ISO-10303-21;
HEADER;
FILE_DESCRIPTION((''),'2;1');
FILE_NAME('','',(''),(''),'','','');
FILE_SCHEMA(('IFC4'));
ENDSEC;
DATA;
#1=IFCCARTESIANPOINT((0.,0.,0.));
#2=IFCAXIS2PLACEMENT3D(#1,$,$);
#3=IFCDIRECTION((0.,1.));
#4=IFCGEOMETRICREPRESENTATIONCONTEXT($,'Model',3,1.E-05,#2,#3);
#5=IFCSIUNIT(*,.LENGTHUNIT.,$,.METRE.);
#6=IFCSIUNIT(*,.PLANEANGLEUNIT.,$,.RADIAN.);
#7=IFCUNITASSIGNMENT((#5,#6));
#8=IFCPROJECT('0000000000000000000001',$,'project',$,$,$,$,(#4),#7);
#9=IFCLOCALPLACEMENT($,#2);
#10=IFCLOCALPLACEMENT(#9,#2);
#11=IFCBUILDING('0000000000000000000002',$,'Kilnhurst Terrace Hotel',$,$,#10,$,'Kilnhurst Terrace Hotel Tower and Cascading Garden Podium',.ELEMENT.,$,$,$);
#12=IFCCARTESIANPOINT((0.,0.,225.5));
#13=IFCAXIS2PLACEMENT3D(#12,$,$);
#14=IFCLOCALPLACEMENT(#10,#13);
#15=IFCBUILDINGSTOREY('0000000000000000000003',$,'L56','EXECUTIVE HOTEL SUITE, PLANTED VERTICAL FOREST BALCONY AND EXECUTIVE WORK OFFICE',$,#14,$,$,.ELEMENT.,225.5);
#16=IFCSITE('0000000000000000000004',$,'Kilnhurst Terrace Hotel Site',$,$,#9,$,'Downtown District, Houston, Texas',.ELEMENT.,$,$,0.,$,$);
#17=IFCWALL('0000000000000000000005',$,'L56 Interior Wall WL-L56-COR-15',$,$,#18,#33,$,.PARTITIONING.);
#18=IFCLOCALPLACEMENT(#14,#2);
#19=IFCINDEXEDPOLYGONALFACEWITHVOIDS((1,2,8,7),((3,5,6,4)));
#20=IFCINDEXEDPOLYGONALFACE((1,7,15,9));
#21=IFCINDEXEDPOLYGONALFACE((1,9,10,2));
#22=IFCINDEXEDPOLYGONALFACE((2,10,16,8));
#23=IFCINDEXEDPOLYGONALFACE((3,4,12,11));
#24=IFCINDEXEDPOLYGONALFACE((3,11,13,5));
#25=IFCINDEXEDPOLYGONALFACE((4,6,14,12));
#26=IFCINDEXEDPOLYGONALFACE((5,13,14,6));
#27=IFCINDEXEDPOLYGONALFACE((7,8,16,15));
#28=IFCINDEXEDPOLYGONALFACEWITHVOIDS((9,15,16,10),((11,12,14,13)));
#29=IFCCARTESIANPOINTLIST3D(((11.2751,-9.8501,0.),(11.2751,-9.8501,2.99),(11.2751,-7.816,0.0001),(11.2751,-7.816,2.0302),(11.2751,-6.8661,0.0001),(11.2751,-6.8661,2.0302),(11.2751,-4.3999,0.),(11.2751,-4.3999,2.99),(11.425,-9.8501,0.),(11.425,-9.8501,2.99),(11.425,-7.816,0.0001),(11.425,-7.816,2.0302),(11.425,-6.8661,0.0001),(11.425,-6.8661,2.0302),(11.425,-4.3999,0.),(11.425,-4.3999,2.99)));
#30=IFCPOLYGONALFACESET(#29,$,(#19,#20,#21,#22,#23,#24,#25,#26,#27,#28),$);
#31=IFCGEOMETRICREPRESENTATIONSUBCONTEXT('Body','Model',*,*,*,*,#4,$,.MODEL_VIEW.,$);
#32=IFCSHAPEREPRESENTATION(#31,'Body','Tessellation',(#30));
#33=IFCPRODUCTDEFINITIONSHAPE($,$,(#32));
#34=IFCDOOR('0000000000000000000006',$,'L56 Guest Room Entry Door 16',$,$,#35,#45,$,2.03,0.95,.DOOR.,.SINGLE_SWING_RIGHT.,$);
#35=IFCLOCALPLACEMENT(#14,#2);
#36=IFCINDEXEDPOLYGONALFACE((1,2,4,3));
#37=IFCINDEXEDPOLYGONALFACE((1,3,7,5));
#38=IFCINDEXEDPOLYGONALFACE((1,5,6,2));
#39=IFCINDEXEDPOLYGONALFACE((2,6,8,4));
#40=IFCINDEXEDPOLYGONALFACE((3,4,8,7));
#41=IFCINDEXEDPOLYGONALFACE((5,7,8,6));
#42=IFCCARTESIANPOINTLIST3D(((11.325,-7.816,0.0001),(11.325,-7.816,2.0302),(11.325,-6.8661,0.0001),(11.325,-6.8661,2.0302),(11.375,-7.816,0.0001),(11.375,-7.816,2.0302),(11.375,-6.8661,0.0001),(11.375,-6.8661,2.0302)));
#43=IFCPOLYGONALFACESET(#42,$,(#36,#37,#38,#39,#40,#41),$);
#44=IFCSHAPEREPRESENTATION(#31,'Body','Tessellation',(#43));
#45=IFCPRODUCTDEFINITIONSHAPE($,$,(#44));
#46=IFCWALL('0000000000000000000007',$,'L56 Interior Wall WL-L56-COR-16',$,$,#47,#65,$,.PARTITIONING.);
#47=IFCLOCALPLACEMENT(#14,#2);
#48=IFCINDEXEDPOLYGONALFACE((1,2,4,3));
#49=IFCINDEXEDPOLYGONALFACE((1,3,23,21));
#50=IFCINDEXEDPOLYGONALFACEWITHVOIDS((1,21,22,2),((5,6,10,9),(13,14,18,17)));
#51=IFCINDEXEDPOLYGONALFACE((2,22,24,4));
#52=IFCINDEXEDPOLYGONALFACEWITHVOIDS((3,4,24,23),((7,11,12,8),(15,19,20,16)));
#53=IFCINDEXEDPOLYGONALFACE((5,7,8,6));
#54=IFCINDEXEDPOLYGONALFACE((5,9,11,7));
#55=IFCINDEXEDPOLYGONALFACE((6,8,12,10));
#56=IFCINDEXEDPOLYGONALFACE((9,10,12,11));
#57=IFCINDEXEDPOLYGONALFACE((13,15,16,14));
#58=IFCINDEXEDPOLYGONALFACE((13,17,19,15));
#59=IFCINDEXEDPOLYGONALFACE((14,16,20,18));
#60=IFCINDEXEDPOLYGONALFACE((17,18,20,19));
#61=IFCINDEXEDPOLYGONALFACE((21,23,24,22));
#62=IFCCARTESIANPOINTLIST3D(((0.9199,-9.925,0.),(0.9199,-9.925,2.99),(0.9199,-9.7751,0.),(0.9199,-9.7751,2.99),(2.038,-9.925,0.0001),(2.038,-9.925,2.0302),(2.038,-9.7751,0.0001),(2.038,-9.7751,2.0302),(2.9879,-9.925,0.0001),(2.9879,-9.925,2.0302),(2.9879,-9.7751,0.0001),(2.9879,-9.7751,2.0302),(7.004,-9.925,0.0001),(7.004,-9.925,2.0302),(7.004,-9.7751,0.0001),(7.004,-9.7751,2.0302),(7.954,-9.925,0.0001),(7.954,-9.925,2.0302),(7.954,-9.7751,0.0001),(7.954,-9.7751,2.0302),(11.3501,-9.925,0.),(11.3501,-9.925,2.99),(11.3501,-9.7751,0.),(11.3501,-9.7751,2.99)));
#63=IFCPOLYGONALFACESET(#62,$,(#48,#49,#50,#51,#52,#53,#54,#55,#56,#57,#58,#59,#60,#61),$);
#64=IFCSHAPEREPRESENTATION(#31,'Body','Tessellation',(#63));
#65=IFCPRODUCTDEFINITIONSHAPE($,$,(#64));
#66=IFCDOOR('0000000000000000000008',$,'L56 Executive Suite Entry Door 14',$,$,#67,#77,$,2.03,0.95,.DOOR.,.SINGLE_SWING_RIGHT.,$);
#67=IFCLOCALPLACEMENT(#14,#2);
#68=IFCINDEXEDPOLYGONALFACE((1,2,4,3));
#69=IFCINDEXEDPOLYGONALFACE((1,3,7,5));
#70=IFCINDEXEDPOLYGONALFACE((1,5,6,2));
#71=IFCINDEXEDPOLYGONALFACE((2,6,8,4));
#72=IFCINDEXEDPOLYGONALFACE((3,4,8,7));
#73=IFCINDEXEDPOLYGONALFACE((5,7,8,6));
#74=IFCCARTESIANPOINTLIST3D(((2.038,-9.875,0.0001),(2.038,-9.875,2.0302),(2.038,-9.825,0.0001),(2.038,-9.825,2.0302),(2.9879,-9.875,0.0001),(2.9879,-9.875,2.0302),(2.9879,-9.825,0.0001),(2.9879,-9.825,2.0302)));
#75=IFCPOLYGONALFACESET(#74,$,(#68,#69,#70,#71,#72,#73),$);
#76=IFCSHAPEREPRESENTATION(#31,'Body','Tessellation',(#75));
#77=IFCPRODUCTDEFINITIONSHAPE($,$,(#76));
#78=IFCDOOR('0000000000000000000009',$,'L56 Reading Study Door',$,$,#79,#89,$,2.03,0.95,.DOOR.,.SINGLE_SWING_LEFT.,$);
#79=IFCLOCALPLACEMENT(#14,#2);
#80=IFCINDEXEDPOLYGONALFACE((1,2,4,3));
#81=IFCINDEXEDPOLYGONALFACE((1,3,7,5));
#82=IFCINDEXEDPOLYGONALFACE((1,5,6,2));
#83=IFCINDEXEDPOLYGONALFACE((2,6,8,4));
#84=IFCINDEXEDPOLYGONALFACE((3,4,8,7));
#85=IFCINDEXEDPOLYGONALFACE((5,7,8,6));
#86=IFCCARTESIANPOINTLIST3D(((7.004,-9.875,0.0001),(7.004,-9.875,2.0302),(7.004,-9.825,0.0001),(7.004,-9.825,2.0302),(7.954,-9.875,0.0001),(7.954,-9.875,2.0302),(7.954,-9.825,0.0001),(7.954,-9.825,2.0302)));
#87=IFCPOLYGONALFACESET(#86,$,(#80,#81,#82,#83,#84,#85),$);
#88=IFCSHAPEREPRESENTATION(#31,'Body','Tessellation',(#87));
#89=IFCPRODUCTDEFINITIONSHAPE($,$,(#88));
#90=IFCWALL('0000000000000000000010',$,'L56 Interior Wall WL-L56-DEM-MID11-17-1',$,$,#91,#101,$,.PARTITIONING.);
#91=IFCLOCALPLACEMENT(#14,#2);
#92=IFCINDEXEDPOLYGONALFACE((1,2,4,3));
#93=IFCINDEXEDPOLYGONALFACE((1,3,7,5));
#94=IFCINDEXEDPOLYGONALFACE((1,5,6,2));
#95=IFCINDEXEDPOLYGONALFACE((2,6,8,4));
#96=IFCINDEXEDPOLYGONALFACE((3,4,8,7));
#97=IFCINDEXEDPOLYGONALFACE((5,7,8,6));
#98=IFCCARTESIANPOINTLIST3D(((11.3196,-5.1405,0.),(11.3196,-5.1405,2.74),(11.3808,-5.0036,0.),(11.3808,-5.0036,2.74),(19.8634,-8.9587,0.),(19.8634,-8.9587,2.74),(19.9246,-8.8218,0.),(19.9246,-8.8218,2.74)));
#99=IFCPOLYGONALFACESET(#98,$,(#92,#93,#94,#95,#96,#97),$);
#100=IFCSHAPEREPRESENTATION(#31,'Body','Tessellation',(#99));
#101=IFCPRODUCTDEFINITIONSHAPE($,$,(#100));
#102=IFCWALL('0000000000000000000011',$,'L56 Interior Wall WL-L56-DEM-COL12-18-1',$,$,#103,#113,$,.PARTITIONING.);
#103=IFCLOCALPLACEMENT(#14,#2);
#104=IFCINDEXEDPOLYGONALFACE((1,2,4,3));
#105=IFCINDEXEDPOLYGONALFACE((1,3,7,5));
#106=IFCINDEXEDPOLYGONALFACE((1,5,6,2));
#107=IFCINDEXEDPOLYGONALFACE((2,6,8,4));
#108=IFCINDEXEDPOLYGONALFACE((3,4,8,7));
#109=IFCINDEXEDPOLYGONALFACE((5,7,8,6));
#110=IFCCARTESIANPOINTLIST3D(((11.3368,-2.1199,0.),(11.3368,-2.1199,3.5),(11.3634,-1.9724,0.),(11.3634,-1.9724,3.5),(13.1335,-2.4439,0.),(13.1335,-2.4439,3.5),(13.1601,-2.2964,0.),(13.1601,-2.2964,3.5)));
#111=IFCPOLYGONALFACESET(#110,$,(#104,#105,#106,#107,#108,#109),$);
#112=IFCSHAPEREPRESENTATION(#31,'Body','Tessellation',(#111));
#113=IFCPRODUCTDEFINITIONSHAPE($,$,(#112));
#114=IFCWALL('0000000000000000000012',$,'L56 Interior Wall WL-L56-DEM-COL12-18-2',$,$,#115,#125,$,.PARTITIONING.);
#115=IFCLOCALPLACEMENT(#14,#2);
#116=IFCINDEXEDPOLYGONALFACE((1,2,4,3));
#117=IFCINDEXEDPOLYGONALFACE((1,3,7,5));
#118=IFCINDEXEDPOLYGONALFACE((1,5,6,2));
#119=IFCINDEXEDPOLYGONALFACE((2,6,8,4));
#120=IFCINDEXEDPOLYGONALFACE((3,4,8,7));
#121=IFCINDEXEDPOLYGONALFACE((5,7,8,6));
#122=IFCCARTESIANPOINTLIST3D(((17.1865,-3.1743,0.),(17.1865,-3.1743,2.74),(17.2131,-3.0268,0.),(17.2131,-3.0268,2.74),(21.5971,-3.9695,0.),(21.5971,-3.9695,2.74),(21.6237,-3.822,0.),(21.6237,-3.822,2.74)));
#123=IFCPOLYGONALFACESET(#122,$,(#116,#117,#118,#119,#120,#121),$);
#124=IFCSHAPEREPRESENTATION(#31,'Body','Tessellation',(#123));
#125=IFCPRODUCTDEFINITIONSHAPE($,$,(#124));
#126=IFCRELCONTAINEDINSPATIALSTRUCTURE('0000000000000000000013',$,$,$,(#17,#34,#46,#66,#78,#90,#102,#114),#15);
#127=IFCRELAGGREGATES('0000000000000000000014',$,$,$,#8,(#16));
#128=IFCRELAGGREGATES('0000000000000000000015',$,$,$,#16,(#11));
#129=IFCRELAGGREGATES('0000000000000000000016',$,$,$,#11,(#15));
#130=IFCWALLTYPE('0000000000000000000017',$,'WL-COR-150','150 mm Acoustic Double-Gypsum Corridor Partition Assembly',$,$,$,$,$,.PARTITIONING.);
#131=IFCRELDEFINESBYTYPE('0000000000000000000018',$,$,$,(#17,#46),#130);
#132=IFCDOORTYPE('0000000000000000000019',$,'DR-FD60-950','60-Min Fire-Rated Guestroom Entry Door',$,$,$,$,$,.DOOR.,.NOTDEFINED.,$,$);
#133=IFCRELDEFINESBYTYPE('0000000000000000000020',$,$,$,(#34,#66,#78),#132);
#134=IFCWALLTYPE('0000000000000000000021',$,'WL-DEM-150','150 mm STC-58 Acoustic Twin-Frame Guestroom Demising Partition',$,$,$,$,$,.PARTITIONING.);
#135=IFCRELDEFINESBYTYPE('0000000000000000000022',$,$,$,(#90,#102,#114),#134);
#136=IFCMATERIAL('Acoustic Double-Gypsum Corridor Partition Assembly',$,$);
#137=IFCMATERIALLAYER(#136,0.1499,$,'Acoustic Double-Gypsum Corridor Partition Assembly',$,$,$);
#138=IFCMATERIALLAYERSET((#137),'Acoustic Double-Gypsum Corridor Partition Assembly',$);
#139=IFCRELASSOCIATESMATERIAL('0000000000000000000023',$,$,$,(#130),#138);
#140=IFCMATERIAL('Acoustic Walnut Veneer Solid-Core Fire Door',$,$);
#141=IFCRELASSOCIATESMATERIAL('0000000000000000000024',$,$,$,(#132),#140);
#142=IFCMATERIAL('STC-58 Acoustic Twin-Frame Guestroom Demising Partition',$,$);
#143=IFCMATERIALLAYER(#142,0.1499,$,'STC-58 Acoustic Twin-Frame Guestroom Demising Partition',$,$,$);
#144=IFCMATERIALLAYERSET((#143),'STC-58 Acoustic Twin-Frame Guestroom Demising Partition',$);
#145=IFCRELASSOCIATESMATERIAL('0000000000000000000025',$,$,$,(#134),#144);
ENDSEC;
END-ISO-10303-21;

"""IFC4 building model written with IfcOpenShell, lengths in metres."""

from ifc_helpers import new_model, si_unit, direction, frame, frame_2d, origin, place, context, subcontext, project, spatial, rectangle, extrude, material, layer, layer_set, type_object, element, fill, save


model = new_model("IFC4")

# Units and contexts
model_context = context("Model", 3, precision=1e-05, world=origin(), true_north=direction((0.0, 1.0)))
body_context = subcontext(model_context, "Body", "Model", "MODEL_VIEW")
ifc_project = project(units=[si_unit("LENGTHUNIT", "METRE"), si_unit("PLANEANGLEUNIT", "RADIAN")], contexts=[model_context])

# Site, building, storey
site_placement = place(None, origin())
site = spatial("IfcSite", under=ifc_project, at=site_placement, Name="Kilnhurst Terrace Hotel Site", LongName="Downtown District, Houston, Texas", CompositionType="ELEMENT", RefElevation=0.0)
building_placement = place(site_placement, origin())
building = spatial("IfcBuilding", under=site, at=building_placement, Name="Kilnhurst Terrace Hotel", LongName="Kilnhurst Terrace Hotel Tower and Cascading Garden Podium", CompositionType="ELEMENT")
storey_placement = place(building_placement, frame((0.0, 0.0, 225.5)))
storey = spatial("IfcBuildingStorey", under=building, at=storey_placement, Name="L56", Description="EXECUTIVE HOTEL SUITE, PLANTED VERTICAL FOREST BALCONY AND EXECUTIVE WORK OFFICE", CompositionType="ELEMENT", Elevation=225.5)

# Shared definitions
ifc_material_1 = material(Name="Acoustic Double-Gypsum Corridor Partition Assembly")
ifc_layer_1 = layer(ifc_material_1, 0.1499, Name="Acoustic Double-Gypsum Corridor Partition Assembly")
ifc_layer_set_1 = layer_set([ifc_layer_1], Name="Acoustic Double-Gypsum Corridor Partition Assembly")
wall_type_1 = type_object("IfcWallType", Name="WL-COR-150", Description="150 mm Acoustic Double-Gypsum Corridor Partition Assembly", PredefinedType="PARTITIONING", material=ifc_layer_set_1)

# Wall, opening, door
wall_1_placement = place(storey_placement, frame((11.3501, -4.3999, 0.0), z_axis=(0.0, 0.0, 1.0), x_axis=(0.0, -1.0, 0.0)))
wall_1 = element("IfcWall", 1, at=wall_1_placement, inside=storey, type_object=wall_type_1, Name="L56 Interior Wall WL-L56-COR-15", PredefinedType="PARTITIONING", context=body_context, shape_type="SweptSolid", body=[
    extrude(rectangle(XDim=5.4502, YDim=0.1499, at=frame_2d((2.7251, 0.0))), origin(), (0.0, 0.0, 1.0), 2.99),
])
opening_1_placement = place(wall_1_placement, frame((2.4661, 0.0, 0.0)))
opening_1 = element("IfcOpeningElement", 2, at=opening_1_placement, cuts=wall_1, PredefinedType="OPENING", context=body_context, shape_type="SweptSolid", body=[
    extrude(rectangle(XDim=0.95, YDim=2.03, at=frame_2d((0.4751, 1.0151))), frame((0.0, 0.085, 0.0), z_axis=(0.0, -1.0, 0.0), x_axis=(1.0, 0.0, 0.0)), (0.0, 0.0, 1.0), 0.1699),
])
ifc_material_2 = material(Name="Acoustic Walnut Veneer Solid-Core Fire Door")
door_type_1 = type_object("IfcDoorType", Name="DR-FD60-950", Description="60-Min Fire-Rated Guestroom Entry Door", OperationType="NOTDEFINED", PredefinedType="DOOR", material=ifc_material_2)
door_1_placement = place(opening_1_placement, origin())
door_1 = element("IfcDoor", 3, at=door_1_placement, inside=storey, type_object=door_type_1, Name="L56 Guest Room Entry Door 16", OperationType="SINGLE_SWING_RIGHT", OverallHeight=2.03, OverallWidth=0.95, PredefinedType="DOOR", context=body_context, shape_type="SweptSolid", body=[
    extrude(rectangle(XDim=0.95, YDim=2.03, at=frame_2d((0.4751, 1.0151))), frame((0.0, 0.0249, 0.0), z_axis=(0.0, -1.0, 0.0), x_axis=(1.0, 0.0, 0.0)), (0.0, 0.0, 1.0), 0.05),
])
fill(opening_1, door_1)

# Wall, openings, doors
wall_2_placement = place(storey_placement, frame((11.3501, -9.8501, 0.0), z_axis=(0.0, 0.0, 1.0), x_axis=(-1.0, 0.0, 0.0)))
wall_2 = element("IfcWall", 4, at=wall_2_placement, inside=storey, type_object=wall_type_1, Name="L56 Interior Wall WL-L56-COR-16", PredefinedType="PARTITIONING", context=body_context, shape_type="SweptSolid", body=[
    extrude(rectangle(XDim=10.4302, YDim=0.1499, at=frame_2d((5.2151, 0.0))), origin(), (0.0, 0.0, 1.0), 2.99),
])
opening_2_placement = place(wall_2_placement, frame((8.3621, 0.0, 0.0)))
opening_2 = element("IfcOpeningElement", 5, at=opening_2_placement, cuts=wall_2, PredefinedType="OPENING", context=body_context, shape_type="SweptSolid", body=[
    extrude(rectangle(XDim=0.95, YDim=2.03, at=frame_2d((0.4751, 1.0151))), frame((0.0, 0.085, 0.0), z_axis=(0.0, -1.0, 0.0), x_axis=(1.0, 0.0, 0.0)), (0.0, 0.0, 1.0), 0.1699),
])
opening_3_placement = place(wall_2_placement, frame((3.396, 0.0, 0.0)))
opening_3 = element("IfcOpeningElement", 6, at=opening_3_placement, cuts=wall_2, PredefinedType="OPENING", context=body_context, shape_type="SweptSolid", body=[
    extrude(rectangle(XDim=0.95, YDim=2.03, at=frame_2d((0.4751, 1.0151))), frame((0.0, 0.085, 0.0), z_axis=(0.0, -1.0, 0.0), x_axis=(1.0, 0.0, 0.0)), (0.0, 0.0, 1.0), 0.1699),
])
door_2_placement = place(opening_2_placement, origin())
door_2 = element("IfcDoor", 7, at=door_2_placement, inside=storey, type_object=door_type_1, Name="L56 Executive Suite Entry Door 14", OperationType="SINGLE_SWING_RIGHT", OverallHeight=2.03, OverallWidth=0.95, PredefinedType="DOOR", context=body_context, shape_type="SweptSolid", body=[
    extrude(rectangle(XDim=0.95, YDim=2.03, at=frame_2d((0.4751, 1.0151))), frame((0.0, 0.0249, 0.0), z_axis=(0.0, -1.0, 0.0), x_axis=(1.0, 0.0, 0.0)), (0.0, 0.0, 1.0), 0.05),
])
fill(opening_2, door_2)
door_3_placement = place(opening_3_placement, origin())
door_3 = element("IfcDoor", 8, at=door_3_placement, inside=storey, type_object=door_type_1, Name="L56 Reading Study Door", OperationType="SINGLE_SWING_LEFT", OverallHeight=2.03, OverallWidth=0.95, PredefinedType="DOOR", context=body_context, shape_type="SweptSolid", body=[
    extrude(rectangle(XDim=0.95, YDim=2.03, at=frame_2d((0.4751, 1.0151))), frame((0.0, 0.0249, 0.0), z_axis=(0.0, -1.0, 0.0), x_axis=(1.0, 0.0, 0.0)), (0.0, 0.0, 1.0), 0.05),
])
fill(opening_3, door_3)

# Walls
ifc_material_3 = material(Name="STC-58 Acoustic Twin-Frame Guestroom Demising Partition")
ifc_layer_2 = layer(ifc_material_3, 0.1499, Name="STC-58 Acoustic Twin-Frame Guestroom Demising Partition")
ifc_layer_set_2 = layer_set([ifc_layer_2], Name="STC-58 Acoustic Twin-Frame Guestroom Demising Partition")
wall_type_2 = type_object("IfcWallType", Name="WL-DEM-150", Description="150 mm STC-58 Acoustic Twin-Frame Guestroom Demising Partition", PredefinedType="PARTITIONING", material=ifc_layer_set_2)
wall_3_placement = place(storey_placement, frame((11.3501, -5.072, 0.0), z_axis=(0.0, 0.0, 1.0), x_axis=(0.91298, -0.408004, 0.0)))
element("IfcWall", 9, at=wall_3_placement, inside=storey, type_object=wall_type_2, Name="L56 Interior Wall WL-L56-DEM-MID11-17-1", PredefinedType="PARTITIONING", context=body_context, shape_type="SweptSolid", body=[
    extrude(rectangle(XDim=9.3582, YDim=0.1499, at=frame_2d((4.6792, 0.0))), origin(), (0.0, 0.0, 1.0), 2.74),
])
wall_4_placement = place(storey_placement, frame((11.3501, -2.0461, 0.0), z_axis=(0.0, 0.0, 1.0), x_axis=(0.984128, -0.177461, 0.0)))
element("IfcWall", 10, at=wall_4_placement, inside=storey, type_object=wall_type_2, Name="L56 Interior Wall WL-L56-DEM-COL12-18-1", PredefinedType="PARTITIONING", context=body_context, shape_type="SweptSolid", body=[
    extrude(rectangle(XDim=1.8257, YDim=0.1499, at=frame_2d((0.9128, 0.0))), origin(), (0.0, 0.0, 1.0), 3.5),
])
wall_5_placement = place(storey_placement, frame((17.2, -3.1006, 0.0), z_axis=(0.0, 0.0, 1.0), x_axis=(0.984135, -0.177423, 0.0)))
element("IfcWall", 11, at=wall_5_placement, inside=storey, type_object=wall_type_2, Name="L56 Interior Wall WL-L56-DEM-COL12-18-2", PredefinedType="PARTITIONING", context=body_context, shape_type="SweptSolid", body=[
    extrude(rectangle(XDim=4.4817, YDim=0.1499, at=frame_2d((2.2407, 0.0))), origin(), (0.0, 0.0, 1.0), 2.74),
])

save(model, "model.ifc")
